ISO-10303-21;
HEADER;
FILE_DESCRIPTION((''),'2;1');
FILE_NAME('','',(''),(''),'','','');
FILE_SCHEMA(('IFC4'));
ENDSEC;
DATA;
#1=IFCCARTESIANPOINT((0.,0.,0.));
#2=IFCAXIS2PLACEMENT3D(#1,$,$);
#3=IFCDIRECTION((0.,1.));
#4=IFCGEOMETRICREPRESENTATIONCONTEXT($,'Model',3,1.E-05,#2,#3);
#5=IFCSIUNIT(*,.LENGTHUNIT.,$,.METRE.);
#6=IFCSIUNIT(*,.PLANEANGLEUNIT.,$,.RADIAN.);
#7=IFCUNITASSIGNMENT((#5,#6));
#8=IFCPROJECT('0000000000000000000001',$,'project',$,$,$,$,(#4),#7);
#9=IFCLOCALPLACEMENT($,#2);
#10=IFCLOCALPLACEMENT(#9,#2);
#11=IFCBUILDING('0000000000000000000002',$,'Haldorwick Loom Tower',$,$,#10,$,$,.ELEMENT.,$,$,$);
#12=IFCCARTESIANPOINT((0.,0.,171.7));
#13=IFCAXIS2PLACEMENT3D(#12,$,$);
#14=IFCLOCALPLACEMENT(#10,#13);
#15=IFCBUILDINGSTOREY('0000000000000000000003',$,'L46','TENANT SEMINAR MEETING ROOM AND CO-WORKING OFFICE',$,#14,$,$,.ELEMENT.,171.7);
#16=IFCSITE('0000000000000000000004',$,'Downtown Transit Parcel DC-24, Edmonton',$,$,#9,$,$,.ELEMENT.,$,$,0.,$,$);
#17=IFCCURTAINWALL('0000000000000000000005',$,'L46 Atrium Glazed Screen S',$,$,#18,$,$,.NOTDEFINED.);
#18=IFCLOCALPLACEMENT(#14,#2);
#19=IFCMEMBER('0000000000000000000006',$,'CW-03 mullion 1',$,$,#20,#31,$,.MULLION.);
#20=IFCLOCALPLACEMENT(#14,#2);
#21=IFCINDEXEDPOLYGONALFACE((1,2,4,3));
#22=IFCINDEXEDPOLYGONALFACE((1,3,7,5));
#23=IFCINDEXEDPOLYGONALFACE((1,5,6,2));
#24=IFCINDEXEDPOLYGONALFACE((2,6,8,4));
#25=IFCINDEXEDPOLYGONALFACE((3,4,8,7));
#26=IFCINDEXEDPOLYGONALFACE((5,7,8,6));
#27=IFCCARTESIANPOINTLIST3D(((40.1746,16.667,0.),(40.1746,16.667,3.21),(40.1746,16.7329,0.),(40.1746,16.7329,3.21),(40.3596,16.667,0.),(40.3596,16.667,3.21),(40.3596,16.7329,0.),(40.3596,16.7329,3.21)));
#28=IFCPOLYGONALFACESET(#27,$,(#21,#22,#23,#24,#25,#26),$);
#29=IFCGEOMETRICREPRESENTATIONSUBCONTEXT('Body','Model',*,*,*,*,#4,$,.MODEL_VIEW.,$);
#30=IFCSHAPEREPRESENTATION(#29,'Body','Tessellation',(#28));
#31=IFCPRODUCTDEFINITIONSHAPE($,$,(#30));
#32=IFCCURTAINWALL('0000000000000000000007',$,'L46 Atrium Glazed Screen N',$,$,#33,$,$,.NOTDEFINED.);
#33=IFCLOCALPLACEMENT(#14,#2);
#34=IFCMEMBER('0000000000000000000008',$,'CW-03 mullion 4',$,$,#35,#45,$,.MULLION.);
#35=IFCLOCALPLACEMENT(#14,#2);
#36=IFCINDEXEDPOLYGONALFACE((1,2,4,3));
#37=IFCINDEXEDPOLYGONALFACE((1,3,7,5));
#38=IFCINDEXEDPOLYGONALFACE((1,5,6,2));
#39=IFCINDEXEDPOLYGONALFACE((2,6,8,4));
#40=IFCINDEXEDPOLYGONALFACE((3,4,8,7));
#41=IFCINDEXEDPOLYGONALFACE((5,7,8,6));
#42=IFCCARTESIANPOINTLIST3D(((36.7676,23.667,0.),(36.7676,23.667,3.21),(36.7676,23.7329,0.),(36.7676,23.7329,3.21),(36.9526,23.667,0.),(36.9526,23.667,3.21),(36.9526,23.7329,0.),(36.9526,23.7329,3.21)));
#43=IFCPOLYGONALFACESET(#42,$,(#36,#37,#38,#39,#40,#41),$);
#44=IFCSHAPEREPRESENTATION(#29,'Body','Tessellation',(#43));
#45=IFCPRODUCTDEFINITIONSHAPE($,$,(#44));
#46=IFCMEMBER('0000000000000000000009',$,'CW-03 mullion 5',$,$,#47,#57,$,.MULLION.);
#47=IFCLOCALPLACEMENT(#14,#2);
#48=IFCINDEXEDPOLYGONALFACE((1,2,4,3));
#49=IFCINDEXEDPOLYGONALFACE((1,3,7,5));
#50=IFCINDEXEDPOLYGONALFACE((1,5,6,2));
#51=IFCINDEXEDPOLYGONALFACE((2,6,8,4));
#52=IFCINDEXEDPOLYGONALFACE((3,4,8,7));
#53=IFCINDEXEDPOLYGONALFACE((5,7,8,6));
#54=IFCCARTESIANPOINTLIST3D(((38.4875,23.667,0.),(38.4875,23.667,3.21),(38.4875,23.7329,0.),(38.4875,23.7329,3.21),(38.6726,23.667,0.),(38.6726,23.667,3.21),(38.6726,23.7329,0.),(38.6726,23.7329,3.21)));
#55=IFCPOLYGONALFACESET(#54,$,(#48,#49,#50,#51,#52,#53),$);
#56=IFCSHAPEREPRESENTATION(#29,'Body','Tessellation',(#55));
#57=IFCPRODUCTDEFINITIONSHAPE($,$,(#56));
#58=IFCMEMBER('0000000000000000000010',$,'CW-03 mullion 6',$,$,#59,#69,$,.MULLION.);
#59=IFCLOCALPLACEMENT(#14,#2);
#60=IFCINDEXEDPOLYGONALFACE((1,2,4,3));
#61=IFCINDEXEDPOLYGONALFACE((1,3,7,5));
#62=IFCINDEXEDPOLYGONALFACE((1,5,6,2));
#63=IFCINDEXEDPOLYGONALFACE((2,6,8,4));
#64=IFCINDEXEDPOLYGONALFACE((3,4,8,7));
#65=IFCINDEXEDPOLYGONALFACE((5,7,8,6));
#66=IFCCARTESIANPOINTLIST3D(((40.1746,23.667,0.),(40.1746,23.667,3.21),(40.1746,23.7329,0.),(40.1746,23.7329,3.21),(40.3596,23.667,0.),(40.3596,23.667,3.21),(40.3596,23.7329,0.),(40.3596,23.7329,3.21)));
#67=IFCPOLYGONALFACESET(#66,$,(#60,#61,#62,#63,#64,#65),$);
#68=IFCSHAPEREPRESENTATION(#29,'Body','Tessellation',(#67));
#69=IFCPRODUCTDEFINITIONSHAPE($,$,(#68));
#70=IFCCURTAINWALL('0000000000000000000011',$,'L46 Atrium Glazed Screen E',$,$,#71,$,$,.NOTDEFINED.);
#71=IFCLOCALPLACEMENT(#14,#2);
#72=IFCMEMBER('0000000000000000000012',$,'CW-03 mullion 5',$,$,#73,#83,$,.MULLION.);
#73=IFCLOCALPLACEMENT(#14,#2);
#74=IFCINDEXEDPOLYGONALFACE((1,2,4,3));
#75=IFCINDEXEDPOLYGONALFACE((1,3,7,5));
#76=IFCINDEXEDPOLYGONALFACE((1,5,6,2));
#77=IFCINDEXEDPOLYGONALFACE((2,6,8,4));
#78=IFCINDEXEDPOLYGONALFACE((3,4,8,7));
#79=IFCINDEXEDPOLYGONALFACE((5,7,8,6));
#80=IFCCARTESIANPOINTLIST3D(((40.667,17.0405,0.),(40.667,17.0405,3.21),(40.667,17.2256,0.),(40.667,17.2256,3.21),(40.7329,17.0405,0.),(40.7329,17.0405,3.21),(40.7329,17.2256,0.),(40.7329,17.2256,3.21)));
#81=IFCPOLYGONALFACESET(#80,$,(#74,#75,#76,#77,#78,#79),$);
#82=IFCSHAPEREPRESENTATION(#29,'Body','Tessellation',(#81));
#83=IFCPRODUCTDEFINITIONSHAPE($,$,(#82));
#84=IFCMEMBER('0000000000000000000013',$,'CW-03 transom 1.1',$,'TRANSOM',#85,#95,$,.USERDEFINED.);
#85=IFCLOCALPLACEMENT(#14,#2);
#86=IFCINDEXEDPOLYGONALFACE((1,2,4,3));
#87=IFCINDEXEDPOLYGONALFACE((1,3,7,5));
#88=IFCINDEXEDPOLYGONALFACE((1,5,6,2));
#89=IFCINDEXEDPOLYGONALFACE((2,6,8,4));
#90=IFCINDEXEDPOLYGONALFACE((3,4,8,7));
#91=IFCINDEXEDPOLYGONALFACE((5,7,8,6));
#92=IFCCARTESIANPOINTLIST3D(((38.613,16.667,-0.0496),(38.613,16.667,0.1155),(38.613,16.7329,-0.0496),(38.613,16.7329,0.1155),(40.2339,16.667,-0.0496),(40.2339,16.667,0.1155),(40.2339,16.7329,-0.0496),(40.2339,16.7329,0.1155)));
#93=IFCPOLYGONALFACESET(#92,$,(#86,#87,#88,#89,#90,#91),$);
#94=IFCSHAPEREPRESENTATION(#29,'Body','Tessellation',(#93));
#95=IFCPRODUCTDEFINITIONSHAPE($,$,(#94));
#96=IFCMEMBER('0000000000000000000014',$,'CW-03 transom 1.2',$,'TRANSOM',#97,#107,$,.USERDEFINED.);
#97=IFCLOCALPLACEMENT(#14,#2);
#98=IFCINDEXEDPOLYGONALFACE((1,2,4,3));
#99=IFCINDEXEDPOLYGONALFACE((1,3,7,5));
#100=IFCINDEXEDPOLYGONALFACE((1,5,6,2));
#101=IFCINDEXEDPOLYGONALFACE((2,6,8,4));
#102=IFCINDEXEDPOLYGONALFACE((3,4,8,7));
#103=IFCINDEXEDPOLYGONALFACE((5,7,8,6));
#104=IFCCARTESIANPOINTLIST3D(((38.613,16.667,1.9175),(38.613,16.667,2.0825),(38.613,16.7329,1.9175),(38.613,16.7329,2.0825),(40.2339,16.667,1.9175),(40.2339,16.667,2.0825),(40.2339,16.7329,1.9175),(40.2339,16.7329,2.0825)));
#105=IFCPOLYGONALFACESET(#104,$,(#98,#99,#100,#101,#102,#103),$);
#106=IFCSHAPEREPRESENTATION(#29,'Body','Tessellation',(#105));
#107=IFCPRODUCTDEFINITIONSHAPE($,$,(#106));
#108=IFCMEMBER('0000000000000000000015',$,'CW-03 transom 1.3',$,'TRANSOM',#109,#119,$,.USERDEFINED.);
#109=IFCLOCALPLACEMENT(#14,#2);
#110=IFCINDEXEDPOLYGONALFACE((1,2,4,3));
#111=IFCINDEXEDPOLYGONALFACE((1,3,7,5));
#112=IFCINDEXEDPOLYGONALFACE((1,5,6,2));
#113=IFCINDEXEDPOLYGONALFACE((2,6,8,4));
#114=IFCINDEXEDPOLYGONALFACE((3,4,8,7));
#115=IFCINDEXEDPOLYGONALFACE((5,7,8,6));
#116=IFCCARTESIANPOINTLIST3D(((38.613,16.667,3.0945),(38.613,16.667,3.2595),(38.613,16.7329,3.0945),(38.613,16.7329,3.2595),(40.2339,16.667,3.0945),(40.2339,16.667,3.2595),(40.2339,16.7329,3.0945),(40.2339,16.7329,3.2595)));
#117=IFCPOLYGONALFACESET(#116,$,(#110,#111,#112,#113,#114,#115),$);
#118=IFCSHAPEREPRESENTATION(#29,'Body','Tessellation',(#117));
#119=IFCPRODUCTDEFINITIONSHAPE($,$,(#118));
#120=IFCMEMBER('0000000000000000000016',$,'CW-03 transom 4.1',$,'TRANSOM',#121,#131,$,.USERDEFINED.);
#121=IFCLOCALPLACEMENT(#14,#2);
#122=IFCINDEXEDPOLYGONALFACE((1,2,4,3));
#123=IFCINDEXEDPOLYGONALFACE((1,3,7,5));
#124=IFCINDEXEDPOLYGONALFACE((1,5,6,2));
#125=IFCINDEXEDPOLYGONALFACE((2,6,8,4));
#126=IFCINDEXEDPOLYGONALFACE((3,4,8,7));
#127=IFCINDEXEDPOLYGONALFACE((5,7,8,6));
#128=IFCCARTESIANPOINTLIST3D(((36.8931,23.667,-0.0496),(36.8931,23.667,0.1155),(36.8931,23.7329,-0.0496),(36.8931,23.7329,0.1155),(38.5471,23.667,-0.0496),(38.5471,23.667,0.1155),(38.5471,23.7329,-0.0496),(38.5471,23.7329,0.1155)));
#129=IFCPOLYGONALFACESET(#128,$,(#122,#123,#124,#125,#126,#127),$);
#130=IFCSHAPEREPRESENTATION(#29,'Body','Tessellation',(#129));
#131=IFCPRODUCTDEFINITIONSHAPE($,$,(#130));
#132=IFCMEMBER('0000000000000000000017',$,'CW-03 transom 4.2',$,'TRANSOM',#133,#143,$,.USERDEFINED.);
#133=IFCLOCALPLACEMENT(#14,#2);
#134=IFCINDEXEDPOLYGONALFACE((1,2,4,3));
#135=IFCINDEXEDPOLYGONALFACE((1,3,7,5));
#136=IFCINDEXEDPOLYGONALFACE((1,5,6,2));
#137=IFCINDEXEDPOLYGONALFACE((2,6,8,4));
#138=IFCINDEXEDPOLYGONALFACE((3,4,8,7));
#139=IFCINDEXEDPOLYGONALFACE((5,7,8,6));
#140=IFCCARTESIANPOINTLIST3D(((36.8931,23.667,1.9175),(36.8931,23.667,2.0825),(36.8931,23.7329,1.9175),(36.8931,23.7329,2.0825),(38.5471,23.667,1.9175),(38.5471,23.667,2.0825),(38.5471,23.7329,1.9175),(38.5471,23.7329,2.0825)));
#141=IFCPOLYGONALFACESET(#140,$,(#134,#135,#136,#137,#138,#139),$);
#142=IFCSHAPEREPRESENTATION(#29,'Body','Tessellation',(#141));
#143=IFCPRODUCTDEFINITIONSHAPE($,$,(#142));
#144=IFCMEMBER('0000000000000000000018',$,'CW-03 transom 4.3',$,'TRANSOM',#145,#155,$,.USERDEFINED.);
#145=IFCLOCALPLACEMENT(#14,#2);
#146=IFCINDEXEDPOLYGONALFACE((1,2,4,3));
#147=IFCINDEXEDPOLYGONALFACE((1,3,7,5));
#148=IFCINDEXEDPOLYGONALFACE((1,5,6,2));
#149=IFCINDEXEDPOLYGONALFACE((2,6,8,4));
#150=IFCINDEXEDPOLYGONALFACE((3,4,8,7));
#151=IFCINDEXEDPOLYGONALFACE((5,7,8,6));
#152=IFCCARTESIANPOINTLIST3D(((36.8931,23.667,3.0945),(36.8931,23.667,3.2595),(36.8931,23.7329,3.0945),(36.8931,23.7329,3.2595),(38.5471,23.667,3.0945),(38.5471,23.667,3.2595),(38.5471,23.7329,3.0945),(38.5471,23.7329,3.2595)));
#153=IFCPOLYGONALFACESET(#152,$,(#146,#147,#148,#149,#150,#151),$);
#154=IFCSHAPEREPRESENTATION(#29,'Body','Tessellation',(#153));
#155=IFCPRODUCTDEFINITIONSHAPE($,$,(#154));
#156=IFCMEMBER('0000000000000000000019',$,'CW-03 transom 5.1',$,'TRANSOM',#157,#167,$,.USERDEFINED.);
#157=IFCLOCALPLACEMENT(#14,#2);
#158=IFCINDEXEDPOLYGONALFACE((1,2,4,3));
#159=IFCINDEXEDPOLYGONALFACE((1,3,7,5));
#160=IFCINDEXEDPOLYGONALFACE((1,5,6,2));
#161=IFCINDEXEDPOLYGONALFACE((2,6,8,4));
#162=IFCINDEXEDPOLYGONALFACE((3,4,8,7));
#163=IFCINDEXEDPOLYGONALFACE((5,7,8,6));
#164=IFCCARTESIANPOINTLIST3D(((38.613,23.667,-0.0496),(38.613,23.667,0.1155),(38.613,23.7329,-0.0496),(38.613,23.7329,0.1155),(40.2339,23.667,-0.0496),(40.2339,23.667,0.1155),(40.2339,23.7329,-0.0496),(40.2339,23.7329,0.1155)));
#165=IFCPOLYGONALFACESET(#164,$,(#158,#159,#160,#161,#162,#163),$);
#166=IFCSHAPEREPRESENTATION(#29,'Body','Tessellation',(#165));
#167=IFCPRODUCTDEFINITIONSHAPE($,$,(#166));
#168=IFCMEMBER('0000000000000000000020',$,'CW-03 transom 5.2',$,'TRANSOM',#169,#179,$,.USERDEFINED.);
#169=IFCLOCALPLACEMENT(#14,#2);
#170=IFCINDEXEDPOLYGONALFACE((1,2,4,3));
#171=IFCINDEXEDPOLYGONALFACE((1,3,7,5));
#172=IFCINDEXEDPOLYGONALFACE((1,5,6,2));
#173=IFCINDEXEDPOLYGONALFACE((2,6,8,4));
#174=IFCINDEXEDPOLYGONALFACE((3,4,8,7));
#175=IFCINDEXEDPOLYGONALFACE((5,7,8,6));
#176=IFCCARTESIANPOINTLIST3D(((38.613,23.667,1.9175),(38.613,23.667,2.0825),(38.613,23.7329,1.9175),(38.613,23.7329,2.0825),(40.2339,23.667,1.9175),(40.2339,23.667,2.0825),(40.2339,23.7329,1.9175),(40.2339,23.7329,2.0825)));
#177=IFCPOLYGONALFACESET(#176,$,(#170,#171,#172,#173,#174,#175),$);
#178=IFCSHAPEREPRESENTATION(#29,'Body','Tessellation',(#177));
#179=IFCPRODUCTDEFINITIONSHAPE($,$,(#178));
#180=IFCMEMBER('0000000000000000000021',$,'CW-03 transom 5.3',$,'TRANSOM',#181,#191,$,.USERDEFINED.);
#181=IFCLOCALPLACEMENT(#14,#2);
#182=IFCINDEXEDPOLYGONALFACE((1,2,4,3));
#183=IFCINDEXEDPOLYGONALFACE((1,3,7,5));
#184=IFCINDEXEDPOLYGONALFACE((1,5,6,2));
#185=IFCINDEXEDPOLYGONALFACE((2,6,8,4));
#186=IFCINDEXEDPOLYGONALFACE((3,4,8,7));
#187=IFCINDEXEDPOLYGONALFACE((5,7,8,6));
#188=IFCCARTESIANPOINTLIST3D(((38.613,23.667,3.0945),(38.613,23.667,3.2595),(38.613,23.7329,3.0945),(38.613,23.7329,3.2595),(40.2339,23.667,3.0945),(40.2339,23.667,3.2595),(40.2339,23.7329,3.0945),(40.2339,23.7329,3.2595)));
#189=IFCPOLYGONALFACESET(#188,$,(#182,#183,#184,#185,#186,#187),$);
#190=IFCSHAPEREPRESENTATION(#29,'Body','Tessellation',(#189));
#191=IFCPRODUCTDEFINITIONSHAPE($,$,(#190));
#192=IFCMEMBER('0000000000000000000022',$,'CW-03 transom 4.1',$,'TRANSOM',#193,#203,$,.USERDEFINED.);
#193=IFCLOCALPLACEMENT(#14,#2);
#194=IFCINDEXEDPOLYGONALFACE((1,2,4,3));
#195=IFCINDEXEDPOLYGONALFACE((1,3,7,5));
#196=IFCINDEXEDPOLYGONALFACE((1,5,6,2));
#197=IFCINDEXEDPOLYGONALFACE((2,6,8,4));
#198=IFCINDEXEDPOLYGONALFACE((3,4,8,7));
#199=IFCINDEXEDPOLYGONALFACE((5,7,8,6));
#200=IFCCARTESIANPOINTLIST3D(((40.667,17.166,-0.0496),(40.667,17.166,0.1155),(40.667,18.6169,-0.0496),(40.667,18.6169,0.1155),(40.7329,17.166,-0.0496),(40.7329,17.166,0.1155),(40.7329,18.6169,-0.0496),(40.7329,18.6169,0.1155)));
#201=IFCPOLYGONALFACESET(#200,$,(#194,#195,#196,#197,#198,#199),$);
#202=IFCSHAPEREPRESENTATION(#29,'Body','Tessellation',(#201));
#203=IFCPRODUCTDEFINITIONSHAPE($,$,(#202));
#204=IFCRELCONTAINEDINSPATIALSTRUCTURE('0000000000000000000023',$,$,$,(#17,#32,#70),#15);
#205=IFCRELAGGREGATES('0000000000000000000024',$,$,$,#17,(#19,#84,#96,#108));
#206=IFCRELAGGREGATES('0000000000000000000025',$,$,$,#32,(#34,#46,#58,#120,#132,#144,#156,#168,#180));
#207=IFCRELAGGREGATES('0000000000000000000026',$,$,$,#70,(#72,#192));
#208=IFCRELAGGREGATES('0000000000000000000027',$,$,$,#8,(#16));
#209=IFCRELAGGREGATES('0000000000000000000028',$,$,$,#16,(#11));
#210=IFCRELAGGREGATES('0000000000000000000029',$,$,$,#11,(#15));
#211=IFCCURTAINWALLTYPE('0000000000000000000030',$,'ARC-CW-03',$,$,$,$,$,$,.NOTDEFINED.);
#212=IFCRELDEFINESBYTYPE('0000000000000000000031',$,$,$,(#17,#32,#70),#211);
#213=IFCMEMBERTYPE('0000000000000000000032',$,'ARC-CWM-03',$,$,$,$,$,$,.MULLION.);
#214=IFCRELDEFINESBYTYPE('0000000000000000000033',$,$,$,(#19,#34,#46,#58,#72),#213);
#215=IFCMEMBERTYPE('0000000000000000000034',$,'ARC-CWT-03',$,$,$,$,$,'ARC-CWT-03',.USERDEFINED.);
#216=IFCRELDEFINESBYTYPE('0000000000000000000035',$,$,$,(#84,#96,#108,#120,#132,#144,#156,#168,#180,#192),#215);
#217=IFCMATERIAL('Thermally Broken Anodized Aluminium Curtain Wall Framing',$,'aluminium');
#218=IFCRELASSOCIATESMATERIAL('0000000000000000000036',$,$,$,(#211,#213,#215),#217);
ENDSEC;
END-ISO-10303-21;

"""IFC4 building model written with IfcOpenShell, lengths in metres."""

from ifc_helpers import new_model, si_unit, direction, frame, origin, origin_2d, place, context, subcontext, project, spatial, rectangle, extrude, material, material_profile, profile_set, type_object, element, aggregate, save


model = new_model("IFC4")

# Units and contexts
model_context = context("Model", 3, precision=1e-05, world=origin(), true_north=direction((0.0, 1.0)))
body_context = subcontext(model_context, "Body", "Model", "MODEL_VIEW")
ifc_project = project(units=[si_unit("LENGTHUNIT", "METRE"), si_unit("PLANEANGLEUNIT", "RADIAN")], contexts=[model_context])

# Site, building, storey
site_placement = place(None, origin())
site = spatial("IfcSite", under=ifc_project, at=site_placement, Name="Downtown Transit Parcel DC-24, Edmonton", CompositionType="ELEMENT", RefElevation=0.0)
building_placement = place(site_placement, origin())
building = spatial("IfcBuilding", under=site, at=building_placement, Name="Haldorwick Loom Tower", CompositionType="ELEMENT")
storey_placement = place(building_placement, frame((0.0, 0.0, 171.7)))
storey = spatial("IfcBuildingStorey", under=building, at=storey_placement, Name="L46", Description="TENANT SEMINAR MEETING ROOM AND CO-WORKING OFFICE", CompositionType="ELEMENT", Elevation=171.7)

# Curtain wall, member
ifc_material_1 = material(Name="Thermally Broken Anodized Aluminium Curtain Wall Framing", Category="aluminium")
curtain_wall_type = type_object("IfcCurtainWallType", Name="ARC-CW-03", PredefinedType="NOTDEFINED", material=ifc_material_1)
curtain_wall_1_placement = place(storey_placement, origin())
curtain_wall_1 = element("IfcCurtainWall", 1, at=curtain_wall_1_placement, inside=storey, type_object=curtain_wall_type, Name="L46 Atrium Glazed Screen S", PredefinedType="NOTDEFINED")
ifc_material_profile_1 = material_profile(ifc_material_1, rectangle(XDim=0.0659, YDim=0.1851, at=origin_2d()), Name="ALU_MUL_66X185", Category="aluminium")
ifc_profile_set_1 = profile_set([ifc_material_profile_1], Name="Thermally Broken Anodized Aluminium Curtain Wall Framing")
member_type_1 = type_object("IfcMemberType", Name="ARC-CWM-03", PredefinedType="MULLION", material=ifc_profile_set_1)
member_1_placement = place(storey_placement, frame((40.2671, 16.7, 0.0), z_axis=(0.0, 0.0, 1.0), x_axis=(0.0, -1.0, 0.0)))
member_1 = element("IfcMember", 2, at=member_1_placement, type_object=member_type_1, Name="CW-03 mullion 1", PredefinedType="MULLION", context=body_context, shape_type="SweptSolid", body=[
    extrude(rectangle(XDim=0.0659, YDim=0.1851, at=origin_2d()), origin(), (0.0, 0.0, 1.0), 3.21),
])

# Curtain wall, members
curtain_wall_2_placement = place(storey_placement, origin())
curtain_wall_2 = element("IfcCurtainWall", 3, at=curtain_wall_2_placement, inside=storey, type_object=curtain_wall_type, Name="L46 Atrium Glazed Screen N", PredefinedType="NOTDEFINED")
member_2_placement = place(storey_placement, frame((36.8601, 23.7, 0.0), z_axis=(0.0, 0.0, 1.0), x_axis=(0.0, 1.0, 0.0)))
member_2 = element("IfcMember", 4, at=member_2_placement, type_object=member_type_1, Name="CW-03 mullion 4", PredefinedType="MULLION", context=body_context, shape_type="SweptSolid", body=[
    extrude(rectangle(XDim=0.0659, YDim=0.1851, at=origin_2d()), origin(), (0.0, 0.0, 1.0), 3.21),
])
member_3_placement = place(storey_placement, frame((38.5801, 23.7, 0.0), z_axis=(0.0, 0.0, 1.0), x_axis=(0.0, 1.0, 0.0)))
member_3 = element("IfcMember", 5, at=member_3_placement, type_object=member_type_1, Name="CW-03 mullion 5", PredefinedType="MULLION", context=body_context, shape_type="SweptSolid", body=[
    extrude(rectangle(XDim=0.0659, YDim=0.1851, at=origin_2d()), origin(), (0.0, 0.0, 1.0), 3.21),
])
member_4_placement = place(storey_placement, frame((40.2671, 23.7, 0.0), z_axis=(0.0, 0.0, 1.0), x_axis=(0.0, 1.0, 0.0)))
member_4 = element("IfcMember", 6, at=member_4_placement, type_object=member_type_1, Name="CW-03 mullion 6", PredefinedType="MULLION", context=body_context, shape_type="SweptSolid", body=[
    extrude(rectangle(XDim=0.0659, YDim=0.1851, at=origin_2d()), origin(), (0.0, 0.0, 1.0), 3.21),
])

# Curtain wall, member
curtain_wall_3_placement = place(storey_placement, origin())
curtain_wall_3 = element("IfcCurtainWall", 7, at=curtain_wall_3_placement, inside=storey, type_object=curtain_wall_type, Name="L46 Atrium Glazed Screen E", PredefinedType="NOTDEFINED")
member_5_placement = place(storey_placement, frame((40.7, 17.1331, 0.0), z_axis=(0.0, 0.0, 1.0), x_axis=(1.0, 0.0, 0.0)))
member_5 = element("IfcMember", 8, at=member_5_placement, type_object=member_type_1, Name="CW-03 mullion 5", PredefinedType="MULLION", context=body_context, shape_type="SweptSolid", body=[
    extrude(rectangle(XDim=0.0659, YDim=0.1851, at=origin_2d()), origin(), (0.0, 0.0, 1.0), 3.21),
])

# Members
ifc_material_profile_2 = material_profile(ifc_material_1, rectangle(XDim=0.0659, YDim=0.165, at=origin_2d()), Name="ALU_TRN_66X165", Category="aluminium")
ifc_profile_set_2 = profile_set([ifc_material_profile_2], Name="Thermally Broken Anodized Aluminium Curtain Wall Framing")
member_type_2 = type_object("IfcMemberType", Name="ARC-CWT-03", ElementType="ARC-CWT-03", PredefinedType="USERDEFINED", material=ifc_profile_set_2)
member_6_placement = place(storey_placement, frame((40.2339, 16.7, 0.033), z_axis=(-1.0, 0.0, 0.0), x_axis=(0.0, -1.0, 0.0)))
member_6 = element("IfcMember", 9, at=member_6_placement, type_object=member_type_2, Name="CW-03 transom 1.1", ObjectType="TRANSOM", PredefinedType="USERDEFINED", context=body_context, shape_type="SweptSolid", body=[
    extrude(rectangle(XDim=0.0659, YDim=0.165, at=origin_2d()), origin(), (0.0, 0.0, 1.0), 1.6208),
])
member_7_placement = place(storey_placement, frame((40.2339, 16.7, 2.0), z_axis=(-1.0, 0.0, 0.0), x_axis=(0.0, -1.0, 0.0)))
member_7 = element("IfcMember", 10, at=member_7_placement, type_object=member_type_2, Name="CW-03 transom 1.2", ObjectType="TRANSOM", PredefinedType="USERDEFINED", context=body_context, shape_type="SweptSolid", body=[
    extrude(rectangle(XDim=0.0659, YDim=0.165, at=origin_2d()), origin(), (0.0, 0.0, 1.0), 1.6208),
])
member_8_placement = place(storey_placement, frame((40.2339, 16.7, 3.177), z_axis=(-1.0, 0.0, 0.0), x_axis=(0.0, -1.0, 0.0)))
member_8 = element("IfcMember", 11, at=member_8_placement, type_object=member_type_2, Name="CW-03 transom 1.3", ObjectType="TRANSOM", PredefinedType="USERDEFINED", context=body_context, shape_type="SweptSolid", body=[
    extrude(rectangle(XDim=0.0659, YDim=0.165, at=origin_2d()), origin(), (0.0, 0.0, 1.0), 1.6208),
])
aggregate(curtain_wall_1, [member_1, member_6, member_7, member_8])
member_9_placement = place(storey_placement, frame((36.8931, 23.7, 0.033), z_axis=(1.0, 0.0, 0.0), x_axis=(0.0, 1.0, 0.0)))
member_9 = element("IfcMember", 12, at=member_9_placement, type_object=member_type_2, Name="CW-03 transom 4.1", ObjectType="TRANSOM", PredefinedType="USERDEFINED", context=body_context, shape_type="SweptSolid", body=[
    extrude(rectangle(XDim=0.0659, YDim=0.165, at=origin_2d()), origin(), (0.0, 0.0, 1.0), 1.6541),
])
member_10_placement = place(storey_placement, frame((36.8931, 23.7, 2.0), z_axis=(1.0, 0.0, 0.0), x_axis=(0.0, 1.0, 0.0)))
member_10 = element("IfcMember", 13, at=member_10_placement, type_object=member_type_2, Name="CW-03 transom 4.2", ObjectType="TRANSOM", PredefinedType="USERDEFINED", context=body_context, shape_type="SweptSolid", body=[
    extrude(rectangle(XDim=0.0659, YDim=0.165, at=origin_2d()), origin(), (0.0, 0.0, 1.0), 1.6541),
])
member_11_placement = place(storey_placement, frame((36.8931, 23.7, 3.177), z_axis=(1.0, 0.0, 0.0), x_axis=(0.0, 1.0, 0.0)))
member_11 = element("IfcMember", 14, at=member_11_placement, type_object=member_type_2, Name="CW-03 transom 4.3", ObjectType="TRANSOM", PredefinedType="USERDEFINED", context=body_context, shape_type="SweptSolid", body=[
    extrude(rectangle(XDim=0.0659, YDim=0.165, at=origin_2d()), origin(), (0.0, 0.0, 1.0), 1.6541),
])
member_12_placement = place(storey_placement, frame((38.613, 23.7, 0.033), z_axis=(1.0, 0.0, 0.0), x_axis=(0.0, 1.0, 0.0)))
member_12 = element("IfcMember", 15, at=member_12_placement, type_object=member_type_2, Name="CW-03 transom 5.1", ObjectType="TRANSOM", PredefinedType="USERDEFINED", context=body_context, shape_type="SweptSolid", body=[
    extrude(rectangle(XDim=0.0659, YDim=0.165, at=origin_2d()), origin(), (0.0, 0.0, 1.0), 1.6208),
])
member_13_placement = place(storey_placement, frame((38.613, 23.7, 2.0), z_axis=(1.0, 0.0, 0.0), x_axis=(0.0, 1.0, 0.0)))
member_13 = element("IfcMember", 16, at=member_13_placement, type_object=member_type_2, Name="CW-03 transom 5.2", ObjectType="TRANSOM", PredefinedType="USERDEFINED", context=body_context, shape_type="SweptSolid", body=[
    extrude(rectangle(XDim=0.0659, YDim=0.165, at=origin_2d()), origin(), (0.0, 0.0, 1.0), 1.6208),
])
member_14_placement = place(storey_placement, frame((38.613, 23.7, 3.177), z_axis=(1.0, 0.0, 0.0), x_axis=(0.0, 1.0, 0.0)))
member_14 = element("IfcMember", 17, at=member_14_placement, type_object=member_type_2, Name="CW-03 transom 5.3", ObjectType="TRANSOM", PredefinedType="USERDEFINED", context=body_context, shape_type="SweptSolid", body=[
    extrude(rectangle(XDim=0.0659, YDim=0.165, at=origin_2d()), origin(), (0.0, 0.0, 1.0), 1.6208),
])
member_15_placement = place(storey_placement, frame((40.7, 18.6169, 0.033), z_axis=(0.0, -1.0, 0.0), x_axis=(1.0, 0.0, 0.0)))
member_15 = element("IfcMember", 18, at=member_15_placement, type_object=member_type_2, Name="CW-03 transom 4.1", ObjectType="TRANSOM", PredefinedType="USERDEFINED", context=body_context, shape_type="SweptSolid", body=[
    extrude(rectangle(XDim=0.0659, YDim=0.165, at=origin_2d()), origin(), (0.0, 0.0, 1.0), 1.4509),
])

aggregate(curtain_wall_2, [member_2, member_3, member_4, member_9, member_10, member_11, member_12, member_13, member_14])
aggregate(curtain_wall_3, [member_5, member_15])

save(model, "model.ifc")
